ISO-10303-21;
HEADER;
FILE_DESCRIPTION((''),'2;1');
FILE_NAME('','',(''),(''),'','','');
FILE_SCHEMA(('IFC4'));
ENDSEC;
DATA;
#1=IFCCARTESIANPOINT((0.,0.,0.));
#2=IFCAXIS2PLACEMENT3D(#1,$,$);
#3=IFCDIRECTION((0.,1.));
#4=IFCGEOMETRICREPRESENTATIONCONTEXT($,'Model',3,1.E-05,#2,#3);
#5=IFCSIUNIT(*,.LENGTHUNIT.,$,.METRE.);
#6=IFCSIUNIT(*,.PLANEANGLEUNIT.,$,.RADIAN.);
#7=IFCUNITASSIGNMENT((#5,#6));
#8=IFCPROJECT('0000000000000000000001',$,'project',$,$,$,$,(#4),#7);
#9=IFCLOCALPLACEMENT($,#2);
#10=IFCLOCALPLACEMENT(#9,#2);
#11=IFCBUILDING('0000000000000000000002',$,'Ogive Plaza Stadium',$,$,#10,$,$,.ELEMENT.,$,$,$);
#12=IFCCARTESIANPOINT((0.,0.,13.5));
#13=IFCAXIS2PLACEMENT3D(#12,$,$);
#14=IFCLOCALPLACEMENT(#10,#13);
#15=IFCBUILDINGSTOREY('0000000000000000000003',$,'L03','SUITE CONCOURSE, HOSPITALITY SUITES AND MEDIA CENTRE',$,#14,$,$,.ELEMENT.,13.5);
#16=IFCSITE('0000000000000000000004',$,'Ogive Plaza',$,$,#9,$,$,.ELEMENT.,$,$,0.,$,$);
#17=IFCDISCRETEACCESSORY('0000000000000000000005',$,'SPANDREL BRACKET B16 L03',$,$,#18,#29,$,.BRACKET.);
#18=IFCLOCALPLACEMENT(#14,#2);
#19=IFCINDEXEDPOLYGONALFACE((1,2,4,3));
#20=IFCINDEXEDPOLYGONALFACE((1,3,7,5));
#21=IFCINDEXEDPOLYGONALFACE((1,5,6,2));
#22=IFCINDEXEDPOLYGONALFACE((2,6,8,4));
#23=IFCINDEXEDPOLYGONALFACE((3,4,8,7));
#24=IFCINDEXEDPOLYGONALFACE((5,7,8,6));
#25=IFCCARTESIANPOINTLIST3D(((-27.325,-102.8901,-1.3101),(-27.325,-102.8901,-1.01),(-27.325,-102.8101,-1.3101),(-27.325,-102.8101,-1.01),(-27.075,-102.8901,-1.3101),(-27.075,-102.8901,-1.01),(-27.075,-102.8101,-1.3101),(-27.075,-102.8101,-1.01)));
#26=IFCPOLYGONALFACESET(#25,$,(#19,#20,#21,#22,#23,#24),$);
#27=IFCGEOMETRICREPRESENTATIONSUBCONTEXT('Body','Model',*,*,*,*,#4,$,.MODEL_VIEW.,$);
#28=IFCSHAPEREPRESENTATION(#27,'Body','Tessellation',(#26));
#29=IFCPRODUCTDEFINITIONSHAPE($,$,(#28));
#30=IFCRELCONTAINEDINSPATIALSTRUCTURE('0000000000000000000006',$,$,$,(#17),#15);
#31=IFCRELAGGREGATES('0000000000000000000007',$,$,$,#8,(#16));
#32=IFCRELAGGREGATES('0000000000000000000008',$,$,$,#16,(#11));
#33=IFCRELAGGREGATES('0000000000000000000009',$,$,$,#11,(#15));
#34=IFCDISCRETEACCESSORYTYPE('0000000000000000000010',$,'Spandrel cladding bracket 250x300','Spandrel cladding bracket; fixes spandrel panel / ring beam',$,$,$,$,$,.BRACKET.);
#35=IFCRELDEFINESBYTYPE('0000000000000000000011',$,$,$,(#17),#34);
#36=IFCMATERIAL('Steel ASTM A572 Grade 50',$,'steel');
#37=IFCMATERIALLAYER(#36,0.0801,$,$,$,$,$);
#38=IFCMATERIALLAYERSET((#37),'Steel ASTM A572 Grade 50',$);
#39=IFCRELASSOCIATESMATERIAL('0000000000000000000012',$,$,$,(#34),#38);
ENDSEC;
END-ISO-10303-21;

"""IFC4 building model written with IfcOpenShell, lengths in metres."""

from ifc_helpers import new_model, si_unit, direction, frame, origin, origin_2d, place, context, subcontext, project, spatial, rectangle, extrude, material, layer, layer_set, type_object, element, save


model = new_model("IFC4")

# Units and contexts
model_context = context("Model", 3, precision=1e-05, world=origin(), true_north=direction((0.0, 1.0)))
body_context = subcontext(model_context, "Body", "Model", "MODEL_VIEW")
ifc_project = project(units=[si_unit("LENGTHUNIT", "METRE"), si_unit("PLANEANGLEUNIT", "RADIAN")], contexts=[model_context])

# Site, building, storey
site_placement = place(None, origin())
site = spatial("IfcSite", under=ifc_project, at=site_placement, Name="Ogive Plaza", CompositionType="ELEMENT", RefElevation=0.0)
building_placement = place(site_placement, origin())
building = spatial("IfcBuilding", under=site, at=building_placement, Name="Ogive Plaza Stadium", CompositionType="ELEMENT")
storey_placement = place(building_placement, frame((0.0, 0.0, 13.5)))
storey = spatial("IfcBuildingStorey", under=building, at=storey_placement, Name="L03", Description="SUITE CONCOURSE, HOSPITALITY SUITES AND MEDIA CENTRE", CompositionType="ELEMENT", Elevation=13.5)

# Discrete accessory
ifc_material_1 = material(Name="Steel ASTM A572 Grade 50", Category="steel")
ifc_layer_1 = layer(ifc_material_1, 0.0801)
ifc_layer_set_1 = layer_set([ifc_layer_1], Name="Steel ASTM A572 Grade 50")
discrete_accessory_type = type_object("IfcDiscreteAccessoryType", Name="Spandrel cladding bracket 250x300", Description="Spandrel cladding bracket; fixes spandrel panel / ring beam", PredefinedType="BRACKET", material=ifc_layer_set_1)
discrete_accessory_placement = place(storey_placement, frame((-27.2, -102.8501, -1.3101), z_axis=(0.0, 0.0, 1.0), x_axis=(-1.0, 0.0, 0.0)))
element("IfcDiscreteAccessory", 1, at=discrete_accessory_placement, inside=storey, type_object=discrete_accessory_type, Name="SPANDREL BRACKET B16 L03", PredefinedType="BRACKET", context=body_context, shape_type="SweptSolid", body=[
    extrude(rectangle(XDim=0.25, YDim=0.0801, at=origin_2d()), origin(), (0.0, 0.0, 1.0), 0.3),
])

save(model, "model.ifc")
